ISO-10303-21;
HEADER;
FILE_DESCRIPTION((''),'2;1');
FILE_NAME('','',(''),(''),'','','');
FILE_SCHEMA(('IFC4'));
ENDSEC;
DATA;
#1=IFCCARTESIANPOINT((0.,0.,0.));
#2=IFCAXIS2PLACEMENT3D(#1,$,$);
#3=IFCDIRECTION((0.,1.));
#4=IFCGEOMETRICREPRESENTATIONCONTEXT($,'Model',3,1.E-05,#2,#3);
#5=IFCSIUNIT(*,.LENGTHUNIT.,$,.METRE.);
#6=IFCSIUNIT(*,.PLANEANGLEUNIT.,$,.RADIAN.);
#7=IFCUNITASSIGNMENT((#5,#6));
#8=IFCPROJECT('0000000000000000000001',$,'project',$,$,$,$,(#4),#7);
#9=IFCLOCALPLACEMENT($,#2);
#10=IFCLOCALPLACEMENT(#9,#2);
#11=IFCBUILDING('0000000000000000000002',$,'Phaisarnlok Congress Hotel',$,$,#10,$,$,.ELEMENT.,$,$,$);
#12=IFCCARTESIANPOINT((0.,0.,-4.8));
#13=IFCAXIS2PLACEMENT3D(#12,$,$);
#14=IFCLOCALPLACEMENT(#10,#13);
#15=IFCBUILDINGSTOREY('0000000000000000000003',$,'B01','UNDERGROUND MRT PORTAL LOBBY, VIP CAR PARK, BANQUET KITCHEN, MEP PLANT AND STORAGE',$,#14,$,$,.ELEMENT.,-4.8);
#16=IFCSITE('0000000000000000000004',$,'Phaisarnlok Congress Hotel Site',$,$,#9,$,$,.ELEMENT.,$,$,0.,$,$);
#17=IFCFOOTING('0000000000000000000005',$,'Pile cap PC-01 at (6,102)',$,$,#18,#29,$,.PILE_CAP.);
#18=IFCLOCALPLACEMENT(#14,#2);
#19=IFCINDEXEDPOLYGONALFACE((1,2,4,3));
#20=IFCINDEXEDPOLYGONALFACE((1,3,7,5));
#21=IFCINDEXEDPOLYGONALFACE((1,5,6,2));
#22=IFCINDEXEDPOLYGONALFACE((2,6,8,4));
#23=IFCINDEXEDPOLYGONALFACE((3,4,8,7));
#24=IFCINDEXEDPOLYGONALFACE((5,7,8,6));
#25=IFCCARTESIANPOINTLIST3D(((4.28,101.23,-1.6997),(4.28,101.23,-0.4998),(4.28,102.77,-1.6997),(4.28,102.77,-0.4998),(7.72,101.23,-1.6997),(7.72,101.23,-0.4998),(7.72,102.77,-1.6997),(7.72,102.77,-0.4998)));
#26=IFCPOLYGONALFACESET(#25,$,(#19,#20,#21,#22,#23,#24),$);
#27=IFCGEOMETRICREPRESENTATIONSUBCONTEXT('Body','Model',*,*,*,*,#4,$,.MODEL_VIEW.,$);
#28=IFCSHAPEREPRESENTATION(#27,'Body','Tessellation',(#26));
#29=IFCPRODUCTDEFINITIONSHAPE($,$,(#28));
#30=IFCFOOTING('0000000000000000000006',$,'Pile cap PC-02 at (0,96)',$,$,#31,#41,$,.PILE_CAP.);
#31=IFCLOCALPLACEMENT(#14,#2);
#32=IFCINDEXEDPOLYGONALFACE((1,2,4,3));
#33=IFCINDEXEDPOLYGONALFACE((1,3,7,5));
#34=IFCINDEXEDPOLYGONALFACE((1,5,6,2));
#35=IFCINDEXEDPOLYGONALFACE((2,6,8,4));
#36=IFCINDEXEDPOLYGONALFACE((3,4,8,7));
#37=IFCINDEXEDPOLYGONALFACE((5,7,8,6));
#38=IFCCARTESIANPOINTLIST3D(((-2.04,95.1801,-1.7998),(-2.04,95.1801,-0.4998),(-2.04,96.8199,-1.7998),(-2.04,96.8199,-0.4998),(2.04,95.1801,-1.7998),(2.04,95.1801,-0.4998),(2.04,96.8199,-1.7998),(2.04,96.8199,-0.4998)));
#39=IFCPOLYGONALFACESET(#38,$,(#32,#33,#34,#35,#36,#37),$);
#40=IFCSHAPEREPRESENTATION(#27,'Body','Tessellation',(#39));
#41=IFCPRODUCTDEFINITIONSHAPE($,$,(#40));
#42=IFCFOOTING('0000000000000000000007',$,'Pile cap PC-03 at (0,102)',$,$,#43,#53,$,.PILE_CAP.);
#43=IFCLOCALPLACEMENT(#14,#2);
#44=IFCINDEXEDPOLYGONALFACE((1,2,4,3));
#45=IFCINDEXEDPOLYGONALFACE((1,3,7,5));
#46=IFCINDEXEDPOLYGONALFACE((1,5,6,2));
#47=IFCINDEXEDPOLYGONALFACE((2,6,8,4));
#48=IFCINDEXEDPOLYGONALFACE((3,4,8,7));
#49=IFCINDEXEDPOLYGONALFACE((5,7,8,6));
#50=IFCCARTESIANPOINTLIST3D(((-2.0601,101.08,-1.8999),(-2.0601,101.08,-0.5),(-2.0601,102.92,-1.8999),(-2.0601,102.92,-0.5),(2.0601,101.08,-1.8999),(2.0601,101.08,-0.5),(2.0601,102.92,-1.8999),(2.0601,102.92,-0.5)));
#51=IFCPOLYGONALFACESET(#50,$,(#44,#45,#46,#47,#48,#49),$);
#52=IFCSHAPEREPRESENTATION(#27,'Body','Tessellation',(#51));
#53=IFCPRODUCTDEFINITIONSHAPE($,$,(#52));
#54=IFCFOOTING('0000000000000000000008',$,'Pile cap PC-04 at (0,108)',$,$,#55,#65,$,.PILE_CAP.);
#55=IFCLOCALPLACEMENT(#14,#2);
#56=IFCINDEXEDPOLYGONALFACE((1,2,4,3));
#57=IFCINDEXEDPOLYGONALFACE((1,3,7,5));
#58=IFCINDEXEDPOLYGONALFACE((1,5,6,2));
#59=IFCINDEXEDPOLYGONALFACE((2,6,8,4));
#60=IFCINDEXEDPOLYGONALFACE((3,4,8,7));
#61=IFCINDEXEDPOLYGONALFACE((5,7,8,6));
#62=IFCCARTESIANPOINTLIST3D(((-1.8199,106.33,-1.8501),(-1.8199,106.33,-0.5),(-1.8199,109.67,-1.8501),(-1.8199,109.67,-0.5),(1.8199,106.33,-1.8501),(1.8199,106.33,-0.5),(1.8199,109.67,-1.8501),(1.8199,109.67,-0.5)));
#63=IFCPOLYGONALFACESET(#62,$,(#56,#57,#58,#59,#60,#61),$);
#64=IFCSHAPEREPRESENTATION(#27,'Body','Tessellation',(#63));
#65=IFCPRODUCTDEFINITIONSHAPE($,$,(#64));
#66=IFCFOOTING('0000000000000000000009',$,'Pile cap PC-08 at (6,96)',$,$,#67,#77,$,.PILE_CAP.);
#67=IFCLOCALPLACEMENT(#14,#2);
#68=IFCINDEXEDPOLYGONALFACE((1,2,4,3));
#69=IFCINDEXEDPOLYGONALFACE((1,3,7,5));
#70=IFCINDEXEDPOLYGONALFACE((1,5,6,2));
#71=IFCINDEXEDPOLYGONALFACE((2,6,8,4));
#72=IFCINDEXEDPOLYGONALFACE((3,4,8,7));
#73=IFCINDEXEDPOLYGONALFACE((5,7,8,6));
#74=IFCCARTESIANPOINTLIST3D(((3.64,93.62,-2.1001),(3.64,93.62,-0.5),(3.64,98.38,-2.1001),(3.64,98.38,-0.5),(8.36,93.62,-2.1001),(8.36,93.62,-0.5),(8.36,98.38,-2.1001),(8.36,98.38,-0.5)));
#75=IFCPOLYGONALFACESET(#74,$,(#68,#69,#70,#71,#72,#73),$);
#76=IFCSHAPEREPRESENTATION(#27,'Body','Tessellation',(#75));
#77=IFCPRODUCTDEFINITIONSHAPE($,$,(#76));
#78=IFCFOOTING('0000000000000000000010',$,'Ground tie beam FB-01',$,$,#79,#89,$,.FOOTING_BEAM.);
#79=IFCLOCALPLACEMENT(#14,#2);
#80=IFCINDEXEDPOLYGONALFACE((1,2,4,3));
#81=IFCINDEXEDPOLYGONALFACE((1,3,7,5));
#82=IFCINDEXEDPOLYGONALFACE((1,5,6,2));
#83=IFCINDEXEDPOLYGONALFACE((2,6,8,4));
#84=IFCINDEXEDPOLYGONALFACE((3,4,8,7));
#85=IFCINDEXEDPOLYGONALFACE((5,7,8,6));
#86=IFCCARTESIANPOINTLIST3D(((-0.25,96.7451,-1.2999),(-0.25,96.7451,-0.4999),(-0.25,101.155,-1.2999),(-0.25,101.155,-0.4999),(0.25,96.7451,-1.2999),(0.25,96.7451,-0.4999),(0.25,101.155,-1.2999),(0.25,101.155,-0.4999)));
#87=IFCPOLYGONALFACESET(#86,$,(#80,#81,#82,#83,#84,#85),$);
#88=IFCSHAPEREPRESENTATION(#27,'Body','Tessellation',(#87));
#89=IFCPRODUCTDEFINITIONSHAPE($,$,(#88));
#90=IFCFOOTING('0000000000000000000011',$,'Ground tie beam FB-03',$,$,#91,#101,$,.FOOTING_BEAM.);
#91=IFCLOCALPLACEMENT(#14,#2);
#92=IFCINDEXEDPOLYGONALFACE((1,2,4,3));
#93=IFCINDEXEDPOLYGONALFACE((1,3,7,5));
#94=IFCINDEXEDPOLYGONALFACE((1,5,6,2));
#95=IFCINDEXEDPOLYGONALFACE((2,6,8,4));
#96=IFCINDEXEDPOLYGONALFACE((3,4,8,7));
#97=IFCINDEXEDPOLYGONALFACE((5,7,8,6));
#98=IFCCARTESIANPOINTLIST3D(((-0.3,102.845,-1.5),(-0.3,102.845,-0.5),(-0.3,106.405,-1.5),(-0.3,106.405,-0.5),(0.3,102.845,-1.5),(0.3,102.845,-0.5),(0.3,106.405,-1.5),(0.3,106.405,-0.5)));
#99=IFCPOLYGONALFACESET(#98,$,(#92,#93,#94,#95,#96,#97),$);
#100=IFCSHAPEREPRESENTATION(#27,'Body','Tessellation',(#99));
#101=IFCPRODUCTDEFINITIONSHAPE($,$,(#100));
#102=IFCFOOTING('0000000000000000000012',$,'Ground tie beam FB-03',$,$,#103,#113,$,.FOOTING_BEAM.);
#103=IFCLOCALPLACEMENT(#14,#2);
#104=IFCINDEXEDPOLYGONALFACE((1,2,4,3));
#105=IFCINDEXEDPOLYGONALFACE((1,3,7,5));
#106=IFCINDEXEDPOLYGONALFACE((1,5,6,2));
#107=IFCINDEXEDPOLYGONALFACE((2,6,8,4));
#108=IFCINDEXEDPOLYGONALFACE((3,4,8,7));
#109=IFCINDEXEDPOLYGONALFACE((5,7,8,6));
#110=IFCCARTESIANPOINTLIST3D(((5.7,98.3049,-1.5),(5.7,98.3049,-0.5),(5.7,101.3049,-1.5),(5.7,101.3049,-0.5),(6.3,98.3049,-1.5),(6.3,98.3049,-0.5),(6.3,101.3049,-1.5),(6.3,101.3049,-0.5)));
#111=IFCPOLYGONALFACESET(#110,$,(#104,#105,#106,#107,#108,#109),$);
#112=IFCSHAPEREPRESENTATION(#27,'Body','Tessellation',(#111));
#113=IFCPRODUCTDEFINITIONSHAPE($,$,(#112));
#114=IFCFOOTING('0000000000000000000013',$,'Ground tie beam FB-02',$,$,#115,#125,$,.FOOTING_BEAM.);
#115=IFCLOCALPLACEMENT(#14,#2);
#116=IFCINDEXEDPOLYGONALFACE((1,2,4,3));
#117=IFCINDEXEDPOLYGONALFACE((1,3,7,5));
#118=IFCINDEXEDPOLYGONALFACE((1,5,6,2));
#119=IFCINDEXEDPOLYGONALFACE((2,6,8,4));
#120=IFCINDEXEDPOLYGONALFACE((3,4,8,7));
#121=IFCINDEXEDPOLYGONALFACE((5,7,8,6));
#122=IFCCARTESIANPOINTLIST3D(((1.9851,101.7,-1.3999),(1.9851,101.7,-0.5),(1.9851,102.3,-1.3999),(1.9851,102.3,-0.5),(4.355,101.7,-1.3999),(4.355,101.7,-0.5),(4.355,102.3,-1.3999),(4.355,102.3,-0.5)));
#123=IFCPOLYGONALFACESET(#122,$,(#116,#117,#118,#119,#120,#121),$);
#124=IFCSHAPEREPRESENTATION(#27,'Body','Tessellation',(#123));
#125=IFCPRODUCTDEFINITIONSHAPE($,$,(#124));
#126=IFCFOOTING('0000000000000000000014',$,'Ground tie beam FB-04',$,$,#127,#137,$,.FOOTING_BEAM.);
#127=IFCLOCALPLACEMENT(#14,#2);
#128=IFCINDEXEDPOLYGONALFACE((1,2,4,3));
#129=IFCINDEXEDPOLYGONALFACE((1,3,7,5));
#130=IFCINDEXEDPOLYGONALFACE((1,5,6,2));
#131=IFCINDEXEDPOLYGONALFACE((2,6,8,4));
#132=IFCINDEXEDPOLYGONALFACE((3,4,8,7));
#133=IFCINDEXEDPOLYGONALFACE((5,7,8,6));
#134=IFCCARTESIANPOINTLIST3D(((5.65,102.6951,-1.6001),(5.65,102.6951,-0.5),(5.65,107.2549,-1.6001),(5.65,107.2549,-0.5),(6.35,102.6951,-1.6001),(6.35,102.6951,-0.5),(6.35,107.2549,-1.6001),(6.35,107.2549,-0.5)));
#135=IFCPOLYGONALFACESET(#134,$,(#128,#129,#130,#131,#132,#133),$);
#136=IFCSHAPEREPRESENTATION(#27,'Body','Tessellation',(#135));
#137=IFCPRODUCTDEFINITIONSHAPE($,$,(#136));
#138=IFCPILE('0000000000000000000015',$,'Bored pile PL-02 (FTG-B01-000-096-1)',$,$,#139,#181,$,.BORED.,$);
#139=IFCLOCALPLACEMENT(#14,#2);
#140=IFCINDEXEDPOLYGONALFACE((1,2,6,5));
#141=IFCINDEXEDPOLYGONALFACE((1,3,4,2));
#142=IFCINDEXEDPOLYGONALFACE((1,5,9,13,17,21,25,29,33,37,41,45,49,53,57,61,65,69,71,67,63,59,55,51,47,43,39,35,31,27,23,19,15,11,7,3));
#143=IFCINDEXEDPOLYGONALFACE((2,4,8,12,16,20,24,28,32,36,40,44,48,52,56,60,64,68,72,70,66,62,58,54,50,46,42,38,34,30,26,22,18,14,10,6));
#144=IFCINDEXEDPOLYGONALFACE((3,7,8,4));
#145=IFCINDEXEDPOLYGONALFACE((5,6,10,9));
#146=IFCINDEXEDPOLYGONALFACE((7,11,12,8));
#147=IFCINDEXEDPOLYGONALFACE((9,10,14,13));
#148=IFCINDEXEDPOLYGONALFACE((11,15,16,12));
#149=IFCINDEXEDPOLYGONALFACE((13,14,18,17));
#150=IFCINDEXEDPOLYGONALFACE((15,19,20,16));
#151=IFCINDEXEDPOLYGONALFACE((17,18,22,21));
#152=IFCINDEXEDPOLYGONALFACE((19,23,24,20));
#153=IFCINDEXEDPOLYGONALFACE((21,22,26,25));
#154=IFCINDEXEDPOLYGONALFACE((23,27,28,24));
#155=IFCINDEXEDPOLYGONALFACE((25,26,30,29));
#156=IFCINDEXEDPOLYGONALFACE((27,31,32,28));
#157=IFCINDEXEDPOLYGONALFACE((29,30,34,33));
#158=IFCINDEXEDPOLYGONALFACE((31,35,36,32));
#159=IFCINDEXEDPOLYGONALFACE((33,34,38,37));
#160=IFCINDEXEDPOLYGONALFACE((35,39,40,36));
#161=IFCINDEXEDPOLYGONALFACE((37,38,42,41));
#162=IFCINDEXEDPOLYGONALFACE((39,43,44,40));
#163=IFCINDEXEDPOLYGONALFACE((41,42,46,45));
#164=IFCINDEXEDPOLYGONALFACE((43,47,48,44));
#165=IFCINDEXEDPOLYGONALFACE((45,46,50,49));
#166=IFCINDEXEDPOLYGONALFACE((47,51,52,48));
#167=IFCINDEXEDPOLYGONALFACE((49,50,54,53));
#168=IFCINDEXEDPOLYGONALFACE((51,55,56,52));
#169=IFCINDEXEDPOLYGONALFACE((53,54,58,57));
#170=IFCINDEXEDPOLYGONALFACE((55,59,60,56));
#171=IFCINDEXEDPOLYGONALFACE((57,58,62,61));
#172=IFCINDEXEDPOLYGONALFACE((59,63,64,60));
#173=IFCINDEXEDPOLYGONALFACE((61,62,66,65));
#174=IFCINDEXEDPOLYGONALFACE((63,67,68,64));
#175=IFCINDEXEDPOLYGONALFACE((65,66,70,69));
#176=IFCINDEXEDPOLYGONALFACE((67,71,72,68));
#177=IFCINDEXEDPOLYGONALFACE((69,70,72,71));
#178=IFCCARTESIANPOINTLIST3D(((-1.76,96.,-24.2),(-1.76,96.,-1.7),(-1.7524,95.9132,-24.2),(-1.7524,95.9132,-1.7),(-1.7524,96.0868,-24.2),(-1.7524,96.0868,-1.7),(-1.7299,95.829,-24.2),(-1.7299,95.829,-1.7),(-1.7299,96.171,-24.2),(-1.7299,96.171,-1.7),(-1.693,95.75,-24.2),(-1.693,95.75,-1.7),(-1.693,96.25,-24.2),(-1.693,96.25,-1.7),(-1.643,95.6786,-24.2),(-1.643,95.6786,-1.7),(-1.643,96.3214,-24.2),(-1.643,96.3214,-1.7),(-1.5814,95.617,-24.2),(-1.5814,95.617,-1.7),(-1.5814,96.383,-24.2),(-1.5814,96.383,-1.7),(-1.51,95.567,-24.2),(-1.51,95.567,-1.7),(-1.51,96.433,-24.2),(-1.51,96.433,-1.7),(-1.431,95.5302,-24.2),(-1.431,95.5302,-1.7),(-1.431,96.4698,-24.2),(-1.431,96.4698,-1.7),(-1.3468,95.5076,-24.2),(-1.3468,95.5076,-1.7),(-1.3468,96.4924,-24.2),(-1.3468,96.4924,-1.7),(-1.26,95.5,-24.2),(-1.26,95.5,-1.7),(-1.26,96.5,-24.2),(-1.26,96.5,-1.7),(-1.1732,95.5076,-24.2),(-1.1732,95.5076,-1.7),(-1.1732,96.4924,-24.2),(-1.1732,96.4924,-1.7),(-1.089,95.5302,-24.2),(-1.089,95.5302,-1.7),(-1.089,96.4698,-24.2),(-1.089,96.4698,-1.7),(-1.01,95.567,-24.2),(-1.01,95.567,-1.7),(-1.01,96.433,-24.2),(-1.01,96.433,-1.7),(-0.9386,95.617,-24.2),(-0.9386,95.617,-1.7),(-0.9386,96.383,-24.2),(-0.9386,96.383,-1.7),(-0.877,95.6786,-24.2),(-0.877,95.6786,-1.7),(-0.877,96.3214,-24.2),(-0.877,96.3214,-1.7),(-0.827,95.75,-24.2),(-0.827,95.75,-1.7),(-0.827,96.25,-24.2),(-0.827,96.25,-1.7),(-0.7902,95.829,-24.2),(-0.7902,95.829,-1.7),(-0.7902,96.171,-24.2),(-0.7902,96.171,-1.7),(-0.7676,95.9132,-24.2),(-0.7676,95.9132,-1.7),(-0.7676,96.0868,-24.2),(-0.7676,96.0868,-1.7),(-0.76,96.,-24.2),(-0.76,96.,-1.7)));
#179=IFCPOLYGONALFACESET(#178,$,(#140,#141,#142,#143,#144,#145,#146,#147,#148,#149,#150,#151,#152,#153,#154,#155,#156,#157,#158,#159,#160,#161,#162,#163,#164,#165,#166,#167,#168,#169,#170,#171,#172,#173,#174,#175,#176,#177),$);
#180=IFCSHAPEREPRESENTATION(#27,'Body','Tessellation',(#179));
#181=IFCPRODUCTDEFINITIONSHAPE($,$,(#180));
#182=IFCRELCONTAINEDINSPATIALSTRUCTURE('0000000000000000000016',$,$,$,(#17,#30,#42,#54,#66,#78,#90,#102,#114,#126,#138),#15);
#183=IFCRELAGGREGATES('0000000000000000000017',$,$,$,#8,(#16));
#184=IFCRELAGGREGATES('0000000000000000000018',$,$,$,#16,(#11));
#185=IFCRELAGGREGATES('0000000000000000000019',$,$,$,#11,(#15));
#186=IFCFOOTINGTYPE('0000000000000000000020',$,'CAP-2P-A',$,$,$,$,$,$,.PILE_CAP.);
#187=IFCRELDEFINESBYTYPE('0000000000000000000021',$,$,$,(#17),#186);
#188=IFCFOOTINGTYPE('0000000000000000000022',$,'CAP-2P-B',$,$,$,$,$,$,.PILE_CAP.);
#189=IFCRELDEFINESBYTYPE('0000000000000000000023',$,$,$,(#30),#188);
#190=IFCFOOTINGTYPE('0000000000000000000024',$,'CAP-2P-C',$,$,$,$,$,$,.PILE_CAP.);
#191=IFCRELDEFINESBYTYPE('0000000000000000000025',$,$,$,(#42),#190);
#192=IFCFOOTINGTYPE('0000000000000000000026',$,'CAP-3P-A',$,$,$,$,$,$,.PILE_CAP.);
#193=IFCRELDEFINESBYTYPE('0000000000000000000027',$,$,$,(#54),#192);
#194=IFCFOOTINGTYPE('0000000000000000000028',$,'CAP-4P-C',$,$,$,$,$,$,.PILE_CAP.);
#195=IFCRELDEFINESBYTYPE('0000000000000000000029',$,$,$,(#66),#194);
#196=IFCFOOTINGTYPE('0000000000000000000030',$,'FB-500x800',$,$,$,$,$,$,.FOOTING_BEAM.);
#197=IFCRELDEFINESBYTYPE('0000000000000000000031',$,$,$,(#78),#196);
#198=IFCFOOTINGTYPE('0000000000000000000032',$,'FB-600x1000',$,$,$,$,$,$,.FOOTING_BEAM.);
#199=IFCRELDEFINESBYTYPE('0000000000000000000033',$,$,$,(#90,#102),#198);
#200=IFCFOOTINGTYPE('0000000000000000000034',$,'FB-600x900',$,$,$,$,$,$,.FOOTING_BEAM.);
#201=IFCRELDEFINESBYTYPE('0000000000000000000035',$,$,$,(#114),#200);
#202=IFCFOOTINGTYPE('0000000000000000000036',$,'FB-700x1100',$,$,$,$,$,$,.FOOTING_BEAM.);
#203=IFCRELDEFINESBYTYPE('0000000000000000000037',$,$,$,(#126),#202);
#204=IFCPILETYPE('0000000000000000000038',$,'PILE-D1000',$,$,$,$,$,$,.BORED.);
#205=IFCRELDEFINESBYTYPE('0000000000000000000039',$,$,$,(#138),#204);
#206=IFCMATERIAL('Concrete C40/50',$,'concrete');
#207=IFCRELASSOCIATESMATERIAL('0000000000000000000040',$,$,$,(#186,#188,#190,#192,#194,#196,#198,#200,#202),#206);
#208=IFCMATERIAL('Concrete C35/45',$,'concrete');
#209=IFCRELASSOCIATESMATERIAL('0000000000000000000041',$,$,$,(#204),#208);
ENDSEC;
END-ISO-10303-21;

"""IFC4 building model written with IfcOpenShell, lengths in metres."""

from ifc_helpers import new_model, si_unit, direction, frame, origin, origin_2d, place, context, subcontext, project, spatial, rectangle, circle, extrude, material, material_profile, profile_set, type_object, element, save


model = new_model("IFC4")

# Units and contexts
model_context = context("Model", 3, precision=1e-05, world=origin(), true_north=direction((0.0, 1.0)))
body_context = subcontext(model_context, "Body", "Model", "MODEL_VIEW")
ifc_project = project(units=[si_unit("LENGTHUNIT", "METRE"), si_unit("PLANEANGLEUNIT", "RADIAN")], contexts=[model_context])

# Site, building, storey
site_placement = place(None, origin())
site = spatial("IfcSite", under=ifc_project, at=site_placement, Name="Phaisarnlok Congress Hotel Site", CompositionType="ELEMENT", RefElevation=0.0)
building_placement = place(site_placement, origin())
building = spatial("IfcBuilding", under=site, at=building_placement, Name="Phaisarnlok Congress Hotel", CompositionType="ELEMENT")
storey_placement = place(building_placement, frame((0.0, 0.0, -4.8)))
storey = spatial("IfcBuildingStorey", under=building, at=storey_placement, Name="B01", Description="UNDERGROUND MRT PORTAL LOBBY, VIP CAR PARK, BANQUET KITCHEN, MEP PLANT AND STORAGE", CompositionType="ELEMENT", Elevation=-4.8)

# Footings
ifc_material_1 = material(Name="Concrete C40/50", Category="concrete")
footing_type_1 = type_object("IfcFootingType", Name="CAP-2P-A", PredefinedType="PILE_CAP", material=ifc_material_1)
footing_1_placement = place(storey_placement, frame((6.0, 102.0, -1.6997), z_axis=(0.0, 0.0, 1.0), x_axis=(1.0, 0.0, 0.0)))
element("IfcFooting", 1, at=footing_1_placement, inside=storey, type_object=footing_type_1, Name="Pile cap PC-01 at (6,102)", PredefinedType="PILE_CAP", context=body_context, shape_type="SweptSolid", body=[
    extrude(rectangle(XDim=3.4399, YDim=1.54, at=origin_2d()), origin(), (0.0, 0.0, 1.0), 1.2),
])
footing_type_2 = type_object("IfcFootingType", Name="CAP-2P-B", PredefinedType="PILE_CAP", material=ifc_material_1)
footing_2_placement = place(storey_placement, frame((0.0, 96.0, -1.7998), z_axis=(0.0, 0.0, 1.0), x_axis=(1.0, 0.0, 0.0)))
element("IfcFooting", 2, at=footing_2_placement, inside=storey, type_object=footing_type_2, Name="Pile cap PC-02 at (0,96)", PredefinedType="PILE_CAP", context=body_context, shape_type="SweptSolid", body=[
    extrude(rectangle(XDim=4.0801, YDim=1.6399, at=origin_2d()), origin(), (0.0, 0.0, 1.0), 1.3),
])
footing_type_3 = type_object("IfcFootingType", Name="CAP-2P-C", PredefinedType="PILE_CAP", material=ifc_material_1)
footing_3_placement = place(storey_placement, frame((0.0, 102.0, -1.8999), z_axis=(0.0, 0.0, 1.0), x_axis=(1.0, 0.0, 0.0)))
element("IfcFooting", 3, at=footing_3_placement, inside=storey, type_object=footing_type_3, Name="Pile cap PC-03 at (0,102)", PredefinedType="PILE_CAP", context=body_context, shape_type="SweptSolid", body=[
    extrude(rectangle(XDim=4.1201, YDim=1.8401, at=origin_2d()), origin(), (0.0, 0.0, 1.0), 1.3999),
])
footing_type_4 = type_object("IfcFootingType", Name="CAP-3P-A", PredefinedType="PILE_CAP", material=ifc_material_1)
footing_4_placement = place(storey_placement, frame((0.0, 108.0, -1.8501), z_axis=(0.0, 0.0, 1.0), x_axis=(1.0, 0.0, 0.0)))
element("IfcFooting", 4, at=footing_4_placement, inside=storey, type_object=footing_type_4, Name="Pile cap PC-04 at (0,108)", PredefinedType="PILE_CAP", context=body_context, shape_type="SweptSolid", body=[
    extrude(rectangle(XDim=3.6399, YDim=3.3401, at=origin_2d()), origin(), (0.0, 0.0, 1.0), 1.3501),
])
footing_type_5 = type_object("IfcFootingType", Name="CAP-4P-C", PredefinedType="PILE_CAP", material=ifc_material_1)
footing_5_placement = place(storey_placement, frame((6.0, 96.0, -2.1001), z_axis=(0.0, 0.0, 1.0), x_axis=(1.0, 0.0, 0.0)))
element("IfcFooting", 5, at=footing_5_placement, inside=storey, type_object=footing_type_5, Name="Pile cap PC-08 at (6,96)", PredefinedType="PILE_CAP", context=body_context, shape_type="SweptSolid", body=[
    extrude(rectangle(XDim=4.72, YDim=4.76, at=origin_2d()), origin(), (0.0, 0.0, 1.0), 1.6001),
])
ifc_material_profile_1 = material_profile(ifc_material_1, rectangle(XDim=0.5, YDim=0.8, at=origin_2d()), Name="FB-500x800")
ifc_profile_set_1 = profile_set([ifc_material_profile_1], Name="Concrete C40/50")
footing_type_6 = type_object("IfcFootingType", Name="FB-500x800", PredefinedType="FOOTING_BEAM", material=ifc_profile_set_1)
footing_6_placement = place(storey_placement, frame((0.0, 96.7451, -0.8999), z_axis=(0.0, 1.0, 0.0), x_axis=(-1.0, 0.0, 0.0)))
element("IfcFooting", 6, at=footing_6_placement, inside=storey, type_object=footing_type_6, Name="Ground tie beam FB-01", PredefinedType="FOOTING_BEAM", context=body_context, shape_type="SweptSolid", body=[
    extrude(rectangle(XDim=0.5, YDim=0.8, at=origin_2d()), origin(), (0.0, 0.0, 1.0), 4.4099),
])
ifc_material_profile_2 = material_profile(ifc_material_1, rectangle(XDim=0.6001, YDim=1.0, at=origin_2d()), Name="FB-600x1000")
ifc_profile_set_2 = profile_set([ifc_material_profile_2], Name="Concrete C40/50")
footing_type_7 = type_object("IfcFootingType", Name="FB-600x1000", PredefinedType="FOOTING_BEAM", material=ifc_profile_set_2)
footing_7_placement = place(storey_placement, frame((0.0, 102.845, -1.0), z_axis=(0.0, 1.0, 0.0), x_axis=(-1.0, 0.0, 0.0)))
element("IfcFooting", 7, at=footing_7_placement, inside=storey, type_object=footing_type_7, Name="Ground tie beam FB-03", PredefinedType="FOOTING_BEAM", context=body_context, shape_type="SweptSolid", body=[
    extrude(rectangle(XDim=0.6001, YDim=1.0, at=origin_2d()), origin(), (0.0, 0.0, 1.0), 3.5601),
])
footing_8_placement = place(storey_placement, frame((6.0, 98.3049, -1.0), z_axis=(0.0, 1.0, 0.0), x_axis=(-1.0, 0.0, 0.0)))
element("IfcFooting", 8, at=footing_8_placement, inside=storey, type_object=footing_type_7, Name="Ground tie beam FB-03", PredefinedType="FOOTING_BEAM", context=body_context, shape_type="SweptSolid", body=[
    extrude(rectangle(XDim=0.6001, YDim=1.0, at=origin_2d()), origin(), (0.0, 0.0, 1.0), 3.0),
])
ifc_material_profile_3 = material_profile(ifc_material_1, rectangle(XDim=0.6001, YDim=0.8999, at=origin_2d()), Name="FB-600x900")
ifc_profile_set_3 = profile_set([ifc_material_profile_3], Name="Concrete C40/50")
footing_type_8 = type_object("IfcFootingType", Name="FB-600x900", PredefinedType="FOOTING_BEAM", material=ifc_profile_set_3)
footing_9_placement = place(storey_placement, frame((1.9851, 102.0, -0.95), z_axis=(1.0, 0.0, 0.0), x_axis=(0.0, 1.0, 0.0)))
element("IfcFooting", 9, at=footing_9_placement, inside=storey, type_object=footing_type_8, Name="Ground tie beam FB-02", PredefinedType="FOOTING_BEAM", context=body_context, shape_type="SweptSolid", body=[
    extrude(rectangle(XDim=0.6001, YDim=0.8999, at=origin_2d()), origin(), (0.0, 0.0, 1.0), 2.3699),
])
ifc_material_profile_4 = material_profile(ifc_material_1, rectangle(XDim=0.7, YDim=1.1001, at=origin_2d()), Name="FB-700x1100")
ifc_profile_set_4 = profile_set([ifc_material_profile_4], Name="Concrete C40/50")
footing_type_9 = type_object("IfcFootingType", Name="FB-700x1100", PredefinedType="FOOTING_BEAM", material=ifc_profile_set_4)
footing_10_placement = place(storey_placement, frame((6.0, 102.6951, -1.05), z_axis=(0.0, 1.0, 0.0), x_axis=(-1.0, 0.0, 0.0)))
element("IfcFooting", 10, at=footing_10_placement, inside=storey, type_object=footing_type_9, Name="Ground tie beam FB-04", PredefinedType="FOOTING_BEAM", context=body_context, shape_type="SweptSolid", body=[
    extrude(rectangle(XDim=0.7, YDim=1.1001, at=origin_2d()), origin(), (0.0, 0.0, 1.0), 4.5598),
])

# Pile
ifc_material_2 = material(Name="Concrete C35/45", Category="concrete")
ifc_material_profile_5 = material_profile(ifc_material_2, circle(Radius=0.5, at=origin_2d()), Name="BORED PILE D1000")
ifc_profile_set_5 = profile_set([ifc_material_profile_5], Name="Concrete C35/45")
pile_type_1 = type_object("IfcPileType", Name="PILE-D1000", PredefinedType="BORED", material=ifc_profile_set_5)
for number, where, z_axis, x_axis, name in (
    (11, (-1.26, 96.0, -1.7), (0.0, 0.0, -1.0), (1.0, 0.0, 0.0), "Bored pile PL-02 (FTG-B01-000-096-1)"),
):
    element("IfcPile", number, at=place(storey_placement, frame(where, z_axis=z_axis, x_axis=x_axis)), inside=storey, type_object=pile_type_1, Name=name, PredefinedType="BORED", context=body_context, shape_type="SweptSolid", body=[
        extrude(circle(Radius=0.5, at=origin_2d()), origin(), (0.0, 0.0, 1.0), 22.5),
    ])

save(model, "model.ifc")
